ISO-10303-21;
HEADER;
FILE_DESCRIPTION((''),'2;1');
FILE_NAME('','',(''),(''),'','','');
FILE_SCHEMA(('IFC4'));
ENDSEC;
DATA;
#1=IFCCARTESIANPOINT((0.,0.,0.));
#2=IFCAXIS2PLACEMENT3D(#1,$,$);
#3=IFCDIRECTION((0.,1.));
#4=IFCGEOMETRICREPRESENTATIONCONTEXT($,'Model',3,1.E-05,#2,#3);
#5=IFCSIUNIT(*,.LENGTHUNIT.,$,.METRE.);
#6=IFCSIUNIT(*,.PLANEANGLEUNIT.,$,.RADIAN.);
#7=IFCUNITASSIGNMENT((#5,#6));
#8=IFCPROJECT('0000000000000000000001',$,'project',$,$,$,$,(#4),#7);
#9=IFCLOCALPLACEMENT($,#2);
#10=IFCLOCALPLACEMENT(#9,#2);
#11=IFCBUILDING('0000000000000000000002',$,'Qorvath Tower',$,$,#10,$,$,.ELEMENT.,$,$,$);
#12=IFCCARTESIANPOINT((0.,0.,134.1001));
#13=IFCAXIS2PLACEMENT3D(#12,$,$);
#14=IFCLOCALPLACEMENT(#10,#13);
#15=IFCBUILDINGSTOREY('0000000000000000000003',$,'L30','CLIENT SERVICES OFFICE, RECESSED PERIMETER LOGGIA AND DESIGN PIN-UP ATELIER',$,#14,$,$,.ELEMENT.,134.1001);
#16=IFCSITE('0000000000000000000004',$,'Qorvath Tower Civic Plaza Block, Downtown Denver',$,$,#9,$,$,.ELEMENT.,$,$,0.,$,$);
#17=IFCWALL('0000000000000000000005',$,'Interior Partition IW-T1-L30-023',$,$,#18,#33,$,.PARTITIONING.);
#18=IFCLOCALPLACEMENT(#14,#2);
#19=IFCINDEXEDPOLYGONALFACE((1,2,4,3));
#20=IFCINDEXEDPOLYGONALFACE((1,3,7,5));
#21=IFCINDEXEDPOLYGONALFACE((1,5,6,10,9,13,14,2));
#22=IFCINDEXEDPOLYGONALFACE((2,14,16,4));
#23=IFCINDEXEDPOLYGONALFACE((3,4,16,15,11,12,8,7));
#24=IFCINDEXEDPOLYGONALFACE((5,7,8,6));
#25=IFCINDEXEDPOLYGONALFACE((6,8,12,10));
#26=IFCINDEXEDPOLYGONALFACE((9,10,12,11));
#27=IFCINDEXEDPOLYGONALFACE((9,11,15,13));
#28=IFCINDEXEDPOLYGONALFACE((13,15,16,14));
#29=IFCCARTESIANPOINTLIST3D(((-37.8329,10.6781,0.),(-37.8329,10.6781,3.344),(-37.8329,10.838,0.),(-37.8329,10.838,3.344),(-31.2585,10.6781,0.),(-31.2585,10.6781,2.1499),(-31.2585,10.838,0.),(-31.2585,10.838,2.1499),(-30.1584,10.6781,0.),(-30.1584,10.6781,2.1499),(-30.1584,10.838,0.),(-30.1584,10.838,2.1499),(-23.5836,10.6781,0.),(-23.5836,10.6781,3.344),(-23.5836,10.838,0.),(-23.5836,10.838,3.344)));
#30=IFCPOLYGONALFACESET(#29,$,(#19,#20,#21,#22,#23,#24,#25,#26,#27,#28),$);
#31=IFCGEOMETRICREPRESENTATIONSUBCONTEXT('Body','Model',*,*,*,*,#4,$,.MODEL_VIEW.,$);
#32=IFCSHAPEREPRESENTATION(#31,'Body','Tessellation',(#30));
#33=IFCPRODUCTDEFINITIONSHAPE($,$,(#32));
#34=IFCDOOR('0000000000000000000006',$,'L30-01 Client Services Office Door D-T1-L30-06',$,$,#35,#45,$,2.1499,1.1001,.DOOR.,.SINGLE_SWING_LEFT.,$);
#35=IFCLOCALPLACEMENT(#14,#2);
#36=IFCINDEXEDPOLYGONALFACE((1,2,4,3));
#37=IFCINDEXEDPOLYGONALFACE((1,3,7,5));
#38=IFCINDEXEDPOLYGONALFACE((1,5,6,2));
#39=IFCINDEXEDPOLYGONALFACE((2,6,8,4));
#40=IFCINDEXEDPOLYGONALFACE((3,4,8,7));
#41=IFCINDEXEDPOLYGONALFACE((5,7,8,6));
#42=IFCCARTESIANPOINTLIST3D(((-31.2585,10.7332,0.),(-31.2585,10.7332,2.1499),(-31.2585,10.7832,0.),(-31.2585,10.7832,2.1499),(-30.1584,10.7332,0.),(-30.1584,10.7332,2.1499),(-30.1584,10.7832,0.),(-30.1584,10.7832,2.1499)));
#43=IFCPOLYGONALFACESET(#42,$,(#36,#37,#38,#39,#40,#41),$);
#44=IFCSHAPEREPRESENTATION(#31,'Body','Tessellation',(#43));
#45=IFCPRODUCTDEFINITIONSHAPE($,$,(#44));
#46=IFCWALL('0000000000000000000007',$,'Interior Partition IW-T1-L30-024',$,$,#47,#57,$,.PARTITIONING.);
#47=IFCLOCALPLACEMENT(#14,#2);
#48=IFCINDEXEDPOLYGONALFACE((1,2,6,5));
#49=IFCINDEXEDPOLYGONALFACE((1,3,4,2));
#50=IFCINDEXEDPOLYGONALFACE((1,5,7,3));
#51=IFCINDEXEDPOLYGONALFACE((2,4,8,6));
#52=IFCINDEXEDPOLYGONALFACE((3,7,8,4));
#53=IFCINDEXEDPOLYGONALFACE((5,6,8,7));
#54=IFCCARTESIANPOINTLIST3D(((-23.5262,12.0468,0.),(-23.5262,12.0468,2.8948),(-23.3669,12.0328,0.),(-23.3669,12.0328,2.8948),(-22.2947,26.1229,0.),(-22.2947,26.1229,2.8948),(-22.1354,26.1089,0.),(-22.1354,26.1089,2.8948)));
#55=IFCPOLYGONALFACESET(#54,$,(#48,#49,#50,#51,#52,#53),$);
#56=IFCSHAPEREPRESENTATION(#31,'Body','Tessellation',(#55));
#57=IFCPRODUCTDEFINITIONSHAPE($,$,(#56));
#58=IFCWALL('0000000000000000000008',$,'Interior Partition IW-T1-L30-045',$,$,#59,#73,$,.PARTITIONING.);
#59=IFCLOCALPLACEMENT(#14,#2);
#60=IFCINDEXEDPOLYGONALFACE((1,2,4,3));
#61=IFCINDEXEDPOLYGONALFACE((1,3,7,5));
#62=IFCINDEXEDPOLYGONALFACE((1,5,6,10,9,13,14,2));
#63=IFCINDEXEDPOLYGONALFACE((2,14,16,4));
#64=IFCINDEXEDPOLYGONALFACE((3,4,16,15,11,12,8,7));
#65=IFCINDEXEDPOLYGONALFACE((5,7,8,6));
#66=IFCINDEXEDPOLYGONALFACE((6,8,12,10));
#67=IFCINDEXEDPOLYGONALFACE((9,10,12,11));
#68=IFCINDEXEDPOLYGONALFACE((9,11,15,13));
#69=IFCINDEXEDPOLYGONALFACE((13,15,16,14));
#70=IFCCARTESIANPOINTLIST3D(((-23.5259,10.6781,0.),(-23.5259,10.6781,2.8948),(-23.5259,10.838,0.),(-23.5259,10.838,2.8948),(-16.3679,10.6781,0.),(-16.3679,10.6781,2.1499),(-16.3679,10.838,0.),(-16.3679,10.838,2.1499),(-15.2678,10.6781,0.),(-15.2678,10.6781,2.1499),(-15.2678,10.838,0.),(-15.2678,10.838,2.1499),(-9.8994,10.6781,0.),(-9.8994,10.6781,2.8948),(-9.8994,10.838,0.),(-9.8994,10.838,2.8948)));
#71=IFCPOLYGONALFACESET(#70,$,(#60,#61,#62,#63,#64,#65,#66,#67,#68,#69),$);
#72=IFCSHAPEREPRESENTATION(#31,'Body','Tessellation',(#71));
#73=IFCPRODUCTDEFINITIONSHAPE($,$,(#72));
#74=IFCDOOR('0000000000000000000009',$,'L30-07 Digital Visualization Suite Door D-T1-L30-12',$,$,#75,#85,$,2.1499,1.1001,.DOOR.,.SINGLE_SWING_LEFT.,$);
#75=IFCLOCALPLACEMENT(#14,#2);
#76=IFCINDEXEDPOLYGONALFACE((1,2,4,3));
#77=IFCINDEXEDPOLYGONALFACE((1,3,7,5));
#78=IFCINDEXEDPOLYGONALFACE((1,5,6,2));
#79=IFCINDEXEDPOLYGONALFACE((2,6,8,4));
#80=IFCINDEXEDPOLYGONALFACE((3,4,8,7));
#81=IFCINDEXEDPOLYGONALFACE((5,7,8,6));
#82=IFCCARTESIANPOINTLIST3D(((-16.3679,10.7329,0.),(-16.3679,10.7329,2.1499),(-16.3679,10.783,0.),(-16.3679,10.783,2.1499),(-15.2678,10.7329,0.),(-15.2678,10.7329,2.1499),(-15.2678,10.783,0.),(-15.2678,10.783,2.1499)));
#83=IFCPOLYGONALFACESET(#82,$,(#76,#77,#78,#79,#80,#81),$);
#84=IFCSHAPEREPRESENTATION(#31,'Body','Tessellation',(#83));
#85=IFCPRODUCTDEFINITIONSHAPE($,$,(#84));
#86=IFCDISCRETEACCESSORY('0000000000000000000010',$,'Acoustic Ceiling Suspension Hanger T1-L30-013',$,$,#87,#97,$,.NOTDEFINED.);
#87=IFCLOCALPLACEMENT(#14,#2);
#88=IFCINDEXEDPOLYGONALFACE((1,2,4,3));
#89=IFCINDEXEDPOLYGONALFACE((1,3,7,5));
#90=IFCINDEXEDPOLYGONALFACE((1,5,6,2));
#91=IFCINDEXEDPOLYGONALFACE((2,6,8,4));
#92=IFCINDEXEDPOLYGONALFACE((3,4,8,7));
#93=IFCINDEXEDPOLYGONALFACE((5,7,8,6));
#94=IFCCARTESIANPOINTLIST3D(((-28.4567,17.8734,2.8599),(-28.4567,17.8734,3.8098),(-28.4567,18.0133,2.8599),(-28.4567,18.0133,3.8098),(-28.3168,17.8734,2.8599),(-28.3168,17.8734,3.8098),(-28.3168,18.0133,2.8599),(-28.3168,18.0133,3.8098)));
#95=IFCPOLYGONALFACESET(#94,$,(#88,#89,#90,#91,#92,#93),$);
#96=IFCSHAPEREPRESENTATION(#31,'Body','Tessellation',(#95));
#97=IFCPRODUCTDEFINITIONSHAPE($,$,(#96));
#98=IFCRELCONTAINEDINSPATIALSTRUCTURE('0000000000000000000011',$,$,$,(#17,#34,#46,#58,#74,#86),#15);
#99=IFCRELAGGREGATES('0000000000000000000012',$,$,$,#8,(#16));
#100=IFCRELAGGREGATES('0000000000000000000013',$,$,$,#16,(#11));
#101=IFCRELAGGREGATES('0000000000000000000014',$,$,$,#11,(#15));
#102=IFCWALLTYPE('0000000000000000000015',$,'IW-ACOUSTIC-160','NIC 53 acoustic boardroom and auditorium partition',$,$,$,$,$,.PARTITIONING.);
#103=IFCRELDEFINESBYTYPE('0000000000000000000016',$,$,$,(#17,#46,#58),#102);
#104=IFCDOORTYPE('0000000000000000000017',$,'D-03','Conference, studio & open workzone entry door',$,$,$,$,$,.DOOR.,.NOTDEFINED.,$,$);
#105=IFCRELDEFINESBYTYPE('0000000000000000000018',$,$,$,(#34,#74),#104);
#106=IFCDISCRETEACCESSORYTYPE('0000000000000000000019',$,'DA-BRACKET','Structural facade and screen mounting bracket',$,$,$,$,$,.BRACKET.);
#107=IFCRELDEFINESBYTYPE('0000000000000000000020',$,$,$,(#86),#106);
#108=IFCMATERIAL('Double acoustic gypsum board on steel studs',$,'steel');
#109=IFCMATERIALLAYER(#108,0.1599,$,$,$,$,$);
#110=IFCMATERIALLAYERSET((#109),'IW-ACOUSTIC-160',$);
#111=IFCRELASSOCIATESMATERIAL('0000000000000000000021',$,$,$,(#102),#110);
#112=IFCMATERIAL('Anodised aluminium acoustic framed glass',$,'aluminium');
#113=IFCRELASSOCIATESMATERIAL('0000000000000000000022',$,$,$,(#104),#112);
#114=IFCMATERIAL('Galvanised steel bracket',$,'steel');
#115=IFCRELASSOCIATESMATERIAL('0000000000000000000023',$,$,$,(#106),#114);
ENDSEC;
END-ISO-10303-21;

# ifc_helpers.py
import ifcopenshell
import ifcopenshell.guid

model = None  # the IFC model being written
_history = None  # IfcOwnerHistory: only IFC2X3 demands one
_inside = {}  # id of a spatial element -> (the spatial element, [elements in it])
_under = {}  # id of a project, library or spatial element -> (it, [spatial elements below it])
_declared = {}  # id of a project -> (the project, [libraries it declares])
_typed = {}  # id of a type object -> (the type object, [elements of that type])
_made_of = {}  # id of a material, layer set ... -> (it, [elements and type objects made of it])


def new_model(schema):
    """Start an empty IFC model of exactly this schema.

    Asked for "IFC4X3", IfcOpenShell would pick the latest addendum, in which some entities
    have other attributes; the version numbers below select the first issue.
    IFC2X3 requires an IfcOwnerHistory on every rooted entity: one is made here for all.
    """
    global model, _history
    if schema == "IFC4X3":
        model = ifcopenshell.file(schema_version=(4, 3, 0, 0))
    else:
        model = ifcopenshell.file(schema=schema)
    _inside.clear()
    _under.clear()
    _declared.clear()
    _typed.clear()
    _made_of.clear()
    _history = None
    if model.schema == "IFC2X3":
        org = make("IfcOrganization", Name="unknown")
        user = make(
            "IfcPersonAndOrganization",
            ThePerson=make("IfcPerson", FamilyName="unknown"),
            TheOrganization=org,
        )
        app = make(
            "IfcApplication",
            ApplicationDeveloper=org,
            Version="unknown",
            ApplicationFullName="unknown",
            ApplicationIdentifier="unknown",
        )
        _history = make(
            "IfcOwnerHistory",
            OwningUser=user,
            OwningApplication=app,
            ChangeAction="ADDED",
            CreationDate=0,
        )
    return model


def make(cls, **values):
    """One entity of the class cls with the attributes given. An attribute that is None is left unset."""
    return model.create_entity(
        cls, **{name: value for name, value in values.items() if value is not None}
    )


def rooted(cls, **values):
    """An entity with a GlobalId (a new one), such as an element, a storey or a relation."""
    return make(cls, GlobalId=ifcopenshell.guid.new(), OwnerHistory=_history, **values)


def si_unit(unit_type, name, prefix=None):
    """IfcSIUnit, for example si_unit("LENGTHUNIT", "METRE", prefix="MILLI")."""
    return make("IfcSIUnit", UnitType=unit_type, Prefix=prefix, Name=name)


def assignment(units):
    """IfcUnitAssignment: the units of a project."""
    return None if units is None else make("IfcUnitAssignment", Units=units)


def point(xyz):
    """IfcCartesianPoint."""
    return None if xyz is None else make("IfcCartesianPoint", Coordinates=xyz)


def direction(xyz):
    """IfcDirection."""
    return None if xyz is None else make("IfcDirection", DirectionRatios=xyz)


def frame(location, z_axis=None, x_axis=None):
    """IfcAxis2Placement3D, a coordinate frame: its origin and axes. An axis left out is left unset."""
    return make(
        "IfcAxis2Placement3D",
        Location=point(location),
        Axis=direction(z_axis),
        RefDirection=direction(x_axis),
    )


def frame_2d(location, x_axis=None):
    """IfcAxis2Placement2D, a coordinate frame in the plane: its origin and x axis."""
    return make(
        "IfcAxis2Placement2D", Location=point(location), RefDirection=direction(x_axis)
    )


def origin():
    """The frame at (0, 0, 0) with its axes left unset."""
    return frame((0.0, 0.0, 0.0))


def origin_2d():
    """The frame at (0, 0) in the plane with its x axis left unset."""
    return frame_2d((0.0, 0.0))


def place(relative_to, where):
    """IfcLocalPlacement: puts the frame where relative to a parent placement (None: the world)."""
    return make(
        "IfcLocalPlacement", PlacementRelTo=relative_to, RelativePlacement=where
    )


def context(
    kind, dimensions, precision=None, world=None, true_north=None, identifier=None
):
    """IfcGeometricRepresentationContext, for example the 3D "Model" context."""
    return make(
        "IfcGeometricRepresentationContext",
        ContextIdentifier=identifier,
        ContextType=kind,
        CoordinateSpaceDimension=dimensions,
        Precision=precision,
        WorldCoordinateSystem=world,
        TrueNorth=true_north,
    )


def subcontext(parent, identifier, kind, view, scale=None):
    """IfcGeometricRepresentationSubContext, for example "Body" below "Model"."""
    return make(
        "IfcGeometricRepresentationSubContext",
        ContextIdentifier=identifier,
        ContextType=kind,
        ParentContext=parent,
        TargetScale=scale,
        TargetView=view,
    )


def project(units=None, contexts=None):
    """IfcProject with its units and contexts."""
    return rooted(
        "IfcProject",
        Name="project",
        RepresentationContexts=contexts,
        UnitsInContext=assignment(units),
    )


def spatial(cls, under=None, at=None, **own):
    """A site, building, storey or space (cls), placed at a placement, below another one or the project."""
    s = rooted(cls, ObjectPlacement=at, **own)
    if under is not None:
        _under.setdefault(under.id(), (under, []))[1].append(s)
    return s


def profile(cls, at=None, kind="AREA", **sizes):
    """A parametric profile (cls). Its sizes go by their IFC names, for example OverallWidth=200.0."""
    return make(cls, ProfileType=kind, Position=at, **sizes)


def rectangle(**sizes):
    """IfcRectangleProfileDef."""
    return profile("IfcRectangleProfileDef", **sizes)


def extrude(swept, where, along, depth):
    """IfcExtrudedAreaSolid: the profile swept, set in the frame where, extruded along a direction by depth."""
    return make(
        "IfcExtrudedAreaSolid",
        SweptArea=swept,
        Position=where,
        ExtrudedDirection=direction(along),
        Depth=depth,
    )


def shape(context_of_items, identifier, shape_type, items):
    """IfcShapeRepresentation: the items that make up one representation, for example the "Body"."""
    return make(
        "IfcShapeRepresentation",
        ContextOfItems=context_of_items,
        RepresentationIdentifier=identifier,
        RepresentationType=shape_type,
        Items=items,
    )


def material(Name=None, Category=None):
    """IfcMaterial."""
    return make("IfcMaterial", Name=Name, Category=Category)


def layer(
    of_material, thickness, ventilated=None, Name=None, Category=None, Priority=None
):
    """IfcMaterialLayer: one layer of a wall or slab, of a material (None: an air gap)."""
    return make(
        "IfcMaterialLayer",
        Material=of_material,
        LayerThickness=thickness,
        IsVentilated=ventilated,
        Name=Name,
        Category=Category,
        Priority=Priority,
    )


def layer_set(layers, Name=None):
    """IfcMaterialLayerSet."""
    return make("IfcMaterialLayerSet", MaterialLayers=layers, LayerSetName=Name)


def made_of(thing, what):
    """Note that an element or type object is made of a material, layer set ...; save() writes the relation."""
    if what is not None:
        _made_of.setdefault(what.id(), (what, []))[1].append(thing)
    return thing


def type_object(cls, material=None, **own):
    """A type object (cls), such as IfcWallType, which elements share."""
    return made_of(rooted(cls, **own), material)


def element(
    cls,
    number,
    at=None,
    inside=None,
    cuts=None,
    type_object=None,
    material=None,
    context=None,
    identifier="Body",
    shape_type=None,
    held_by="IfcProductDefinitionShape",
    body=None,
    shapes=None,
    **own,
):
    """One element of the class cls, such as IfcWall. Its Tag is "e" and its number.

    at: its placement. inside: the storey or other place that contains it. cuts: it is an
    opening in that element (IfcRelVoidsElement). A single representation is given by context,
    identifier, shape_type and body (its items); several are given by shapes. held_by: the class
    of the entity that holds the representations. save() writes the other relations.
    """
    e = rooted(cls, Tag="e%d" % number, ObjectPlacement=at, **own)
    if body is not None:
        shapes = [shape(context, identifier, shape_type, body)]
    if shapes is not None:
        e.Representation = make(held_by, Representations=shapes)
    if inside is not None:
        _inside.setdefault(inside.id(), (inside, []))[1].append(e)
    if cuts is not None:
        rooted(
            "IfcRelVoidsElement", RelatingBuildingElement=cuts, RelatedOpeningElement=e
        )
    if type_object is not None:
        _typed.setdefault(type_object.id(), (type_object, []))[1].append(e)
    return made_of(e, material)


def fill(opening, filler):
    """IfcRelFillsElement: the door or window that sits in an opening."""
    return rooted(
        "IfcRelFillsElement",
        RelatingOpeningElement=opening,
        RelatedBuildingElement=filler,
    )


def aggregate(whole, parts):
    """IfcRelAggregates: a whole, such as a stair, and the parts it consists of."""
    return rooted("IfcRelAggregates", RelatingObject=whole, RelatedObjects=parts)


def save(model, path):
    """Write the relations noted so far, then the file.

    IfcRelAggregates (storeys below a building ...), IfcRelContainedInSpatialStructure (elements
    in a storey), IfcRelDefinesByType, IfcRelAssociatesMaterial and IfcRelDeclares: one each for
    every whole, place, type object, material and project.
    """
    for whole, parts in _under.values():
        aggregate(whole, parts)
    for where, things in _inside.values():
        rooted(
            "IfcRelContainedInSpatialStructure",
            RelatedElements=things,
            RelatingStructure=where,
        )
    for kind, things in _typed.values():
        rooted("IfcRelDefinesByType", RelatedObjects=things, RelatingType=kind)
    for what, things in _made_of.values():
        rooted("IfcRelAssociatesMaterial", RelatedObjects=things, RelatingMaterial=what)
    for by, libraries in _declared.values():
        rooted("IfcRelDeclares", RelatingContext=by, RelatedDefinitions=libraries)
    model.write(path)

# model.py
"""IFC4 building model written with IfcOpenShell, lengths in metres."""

from ifc_helpers import new_model, si_unit, direction, frame, frame_2d, origin, origin_2d, place, context, subcontext, project, spatial, rectangle, extrude, material, layer, layer_set, type_object, element, fill, save


model = new_model("IFC4")

# Units and contexts
model_context = context("Model", 3, precision=1e-05, world=origin(), true_north=direction((0.0, 1.0)))
body_context = subcontext(model_context, "Body", "Model", "MODEL_VIEW")
ifc_project = project(units=[si_unit("LENGTHUNIT", "METRE"), si_unit("PLANEANGLEUNIT", "RADIAN")], contexts=[model_context])

# Site, building, storey
site_placement = place(None, origin())
site = spatial("IfcSite", under=ifc_project, at=site_placement, Name="Qorvath Tower Civic Plaza Block, Downtown Denver", CompositionType="ELEMENT", RefElevation=0.0)
building_placement = place(site_placement, origin())
building = spatial("IfcBuilding", under=site, at=building_placement, Name="Qorvath Tower", CompositionType="ELEMENT")
storey_placement = place(building_placement, frame((0.0, 0.0, 134.1001)))
storey = spatial("IfcBuildingStorey", under=building, at=storey_placement, Name="L30", Description="CLIENT SERVICES OFFICE, RECESSED PERIMETER LOGGIA AND DESIGN PIN-UP ATELIER", CompositionType="ELEMENT", Elevation=134.1001)

# Wall, opening, door
ifc_material_1 = material(Name="Double acoustic gypsum board on steel studs", Category="steel")
ifc_layer_1 = layer(ifc_material_1, 0.1599)
ifc_layer_set_1 = layer_set([ifc_layer_1], Name="IW-ACOUSTIC-160")
wall_type = type_object("IfcWallType", Name="IW-ACOUSTIC-160", Description="NIC 53 acoustic boardroom and auditorium partition", PredefinedType="PARTITIONING", material=ifc_layer_set_1)
wall_1_placement = place(storey_placement, frame((-23.5837, 10.7581, 0.0), z_axis=(0.0, 0.0, 1.0), x_axis=(-1.0, 0.0, 0.0)))
wall_1 = element("IfcWall", 1, at=wall_1_placement, inside=storey, type_object=wall_type, Name="Interior Partition IW-T1-L30-023", PredefinedType="PARTITIONING", context=body_context, shape_type="SweptSolid", body=[
    extrude(rectangle(XDim=14.2493, YDim=0.1599, at=frame_2d((7.1245, 0.0))), origin(), (0.0, 0.0, 1.0), 3.344),
])
opening_1_placement = place(wall_1_placement, frame((6.5747, 0.0, 0.0)))
opening_1 = element("IfcOpeningElement", 2, at=opening_1_placement, cuts=wall_1, PredefinedType="OPENING", context=body_context, shape_type="SweptSolid", body=[
    extrude(rectangle(XDim=1.1001, YDim=2.1499, at=frame_2d((0.55, 1.075))), frame((0.0, 0.0898, 0.0), z_axis=(0.0, -1.0, 0.0), x_axis=(1.0, 0.0, 0.0)), (0.0, 0.0, 1.0), 0.1799),
])
ifc_material_2 = material(Name="Anodised aluminium acoustic framed glass", Category="aluminium")
door_type = type_object("IfcDoorType", Name="D-03", Description="Conference, studio & open workzone entry door", OperationType="NOTDEFINED", PredefinedType="DOOR", material=ifc_material_2)
door_1_placement = place(opening_1_placement, origin())
door_1 = element("IfcDoor", 3, at=door_1_placement, inside=storey, type_object=door_type, Name="L30-01 Client Services Office Door D-T1-L30-06", OperationType="SINGLE_SWING_LEFT", OverallHeight=2.1499, OverallWidth=1.1001, PredefinedType="DOOR", context=body_context, shape_type="SweptSolid", body=[
    extrude(rectangle(XDim=1.1001, YDim=2.1499, at=frame_2d((0.55, 1.075))), frame((0.0, 0.0249, 0.0), z_axis=(0.0, -1.0, 0.0), x_axis=(1.0, 0.0, 0.0)), (0.0, 0.0, 1.0), 0.05),
])
fill(opening_1, door_1)

# Wall
wall_2_placement = place(storey_placement, frame((-23.4465, 12.0398, 0.0), z_axis=(0.0, 0.0, 1.0), x_axis=(0.087152, 0.996195, 0.0)))
element("IfcWall", 4, at=wall_2_placement, inside=storey, type_object=wall_type, Name="Interior Partition IW-T1-L30-024", PredefinedType="PARTITIONING", context=body_context, shape_type="SweptSolid", body=[
    extrude(rectangle(XDim=14.1299, YDim=0.1599, at=frame_2d((7.0649, 0.0))), origin(), (0.0, 0.0, 1.0), 2.8948),
])

# Wall, opening, door
wall_3_placement = place(storey_placement, frame((-23.5259, 10.7581, 0.0), z_axis=(0.0, 0.0, 1.0), x_axis=(1.0, 0.0, 0.0)))
wall_3 = element("IfcWall", 5, at=wall_3_placement, inside=storey, type_object=wall_type, Name="Interior Partition IW-T1-L30-045", PredefinedType="PARTITIONING", context=body_context, shape_type="SweptSolid", body=[
    extrude(rectangle(XDim=13.6265, YDim=0.1599, at=frame_2d((6.8132, 0.0))), origin(), (0.0, 0.0, 1.0), 2.8948),
])
opening_2_placement = place(wall_3_placement, frame((7.158, 0.0, 0.0)))
opening_2 = element("IfcOpeningElement", 6, at=opening_2_placement, cuts=wall_3, PredefinedType="OPENING", context=body_context, shape_type="SweptSolid", body=[
    extrude(rectangle(XDim=1.1001, YDim=2.1499, at=frame_2d((0.55, 1.075))), frame((0.0, 0.0898, 0.0), z_axis=(0.0, -1.0, 0.0), x_axis=(1.0, 0.0, 0.0)), (0.0, 0.0, 1.0), 0.1799),
])
door_2_placement = place(opening_2_placement, origin())
door_2 = element("IfcDoor", 7, at=door_2_placement, inside=storey, type_object=door_type, Name="L30-07 Digital Visualization Suite Door D-T1-L30-12", OperationType="SINGLE_SWING_LEFT", OverallHeight=2.1499, OverallWidth=1.1001, PredefinedType="DOOR", context=body_context, shape_type="SweptSolid", body=[
    extrude(rectangle(XDim=1.1001, YDim=2.1499, at=frame_2d((0.55, 1.075))), frame((0.0, 0.0249, 0.0), z_axis=(0.0, -1.0, 0.0), x_axis=(1.0, 0.0, 0.0)), (0.0, 0.0, 1.0), 0.05),
])
fill(opening_2, door_2)

# Discrete accessory
ifc_material_3 = material(Name="Galvanised steel bracket", Category="steel")
discrete_accessory_type = type_object("IfcDiscreteAccessoryType", Name="DA-BRACKET", Description="Structural facade and screen mounting bracket", PredefinedType="BRACKET", material=ifc_material_3)
discrete_accessory_placement = place(storey_placement, frame((-28.3867, 17.9434, 2.8599), z_axis=(0.0, 0.0, 1.0), x_axis=(1.0, 0.0, 0.0)))
element("IfcDiscreteAccessory", 8, at=discrete_accessory_placement, inside=storey, type_object=discrete_accessory_type, Name="Acoustic Ceiling Suspension Hanger T1-L30-013", PredefinedType="NOTDEFINED", context=body_context, shape_type="SweptSolid", body=[
    extrude(rectangle(XDim=0.1399, YDim=0.1399, at=origin_2d()), origin(), (0.0, 0.0, 1.0), 0.95),
])

save(model, "model.ifc")
